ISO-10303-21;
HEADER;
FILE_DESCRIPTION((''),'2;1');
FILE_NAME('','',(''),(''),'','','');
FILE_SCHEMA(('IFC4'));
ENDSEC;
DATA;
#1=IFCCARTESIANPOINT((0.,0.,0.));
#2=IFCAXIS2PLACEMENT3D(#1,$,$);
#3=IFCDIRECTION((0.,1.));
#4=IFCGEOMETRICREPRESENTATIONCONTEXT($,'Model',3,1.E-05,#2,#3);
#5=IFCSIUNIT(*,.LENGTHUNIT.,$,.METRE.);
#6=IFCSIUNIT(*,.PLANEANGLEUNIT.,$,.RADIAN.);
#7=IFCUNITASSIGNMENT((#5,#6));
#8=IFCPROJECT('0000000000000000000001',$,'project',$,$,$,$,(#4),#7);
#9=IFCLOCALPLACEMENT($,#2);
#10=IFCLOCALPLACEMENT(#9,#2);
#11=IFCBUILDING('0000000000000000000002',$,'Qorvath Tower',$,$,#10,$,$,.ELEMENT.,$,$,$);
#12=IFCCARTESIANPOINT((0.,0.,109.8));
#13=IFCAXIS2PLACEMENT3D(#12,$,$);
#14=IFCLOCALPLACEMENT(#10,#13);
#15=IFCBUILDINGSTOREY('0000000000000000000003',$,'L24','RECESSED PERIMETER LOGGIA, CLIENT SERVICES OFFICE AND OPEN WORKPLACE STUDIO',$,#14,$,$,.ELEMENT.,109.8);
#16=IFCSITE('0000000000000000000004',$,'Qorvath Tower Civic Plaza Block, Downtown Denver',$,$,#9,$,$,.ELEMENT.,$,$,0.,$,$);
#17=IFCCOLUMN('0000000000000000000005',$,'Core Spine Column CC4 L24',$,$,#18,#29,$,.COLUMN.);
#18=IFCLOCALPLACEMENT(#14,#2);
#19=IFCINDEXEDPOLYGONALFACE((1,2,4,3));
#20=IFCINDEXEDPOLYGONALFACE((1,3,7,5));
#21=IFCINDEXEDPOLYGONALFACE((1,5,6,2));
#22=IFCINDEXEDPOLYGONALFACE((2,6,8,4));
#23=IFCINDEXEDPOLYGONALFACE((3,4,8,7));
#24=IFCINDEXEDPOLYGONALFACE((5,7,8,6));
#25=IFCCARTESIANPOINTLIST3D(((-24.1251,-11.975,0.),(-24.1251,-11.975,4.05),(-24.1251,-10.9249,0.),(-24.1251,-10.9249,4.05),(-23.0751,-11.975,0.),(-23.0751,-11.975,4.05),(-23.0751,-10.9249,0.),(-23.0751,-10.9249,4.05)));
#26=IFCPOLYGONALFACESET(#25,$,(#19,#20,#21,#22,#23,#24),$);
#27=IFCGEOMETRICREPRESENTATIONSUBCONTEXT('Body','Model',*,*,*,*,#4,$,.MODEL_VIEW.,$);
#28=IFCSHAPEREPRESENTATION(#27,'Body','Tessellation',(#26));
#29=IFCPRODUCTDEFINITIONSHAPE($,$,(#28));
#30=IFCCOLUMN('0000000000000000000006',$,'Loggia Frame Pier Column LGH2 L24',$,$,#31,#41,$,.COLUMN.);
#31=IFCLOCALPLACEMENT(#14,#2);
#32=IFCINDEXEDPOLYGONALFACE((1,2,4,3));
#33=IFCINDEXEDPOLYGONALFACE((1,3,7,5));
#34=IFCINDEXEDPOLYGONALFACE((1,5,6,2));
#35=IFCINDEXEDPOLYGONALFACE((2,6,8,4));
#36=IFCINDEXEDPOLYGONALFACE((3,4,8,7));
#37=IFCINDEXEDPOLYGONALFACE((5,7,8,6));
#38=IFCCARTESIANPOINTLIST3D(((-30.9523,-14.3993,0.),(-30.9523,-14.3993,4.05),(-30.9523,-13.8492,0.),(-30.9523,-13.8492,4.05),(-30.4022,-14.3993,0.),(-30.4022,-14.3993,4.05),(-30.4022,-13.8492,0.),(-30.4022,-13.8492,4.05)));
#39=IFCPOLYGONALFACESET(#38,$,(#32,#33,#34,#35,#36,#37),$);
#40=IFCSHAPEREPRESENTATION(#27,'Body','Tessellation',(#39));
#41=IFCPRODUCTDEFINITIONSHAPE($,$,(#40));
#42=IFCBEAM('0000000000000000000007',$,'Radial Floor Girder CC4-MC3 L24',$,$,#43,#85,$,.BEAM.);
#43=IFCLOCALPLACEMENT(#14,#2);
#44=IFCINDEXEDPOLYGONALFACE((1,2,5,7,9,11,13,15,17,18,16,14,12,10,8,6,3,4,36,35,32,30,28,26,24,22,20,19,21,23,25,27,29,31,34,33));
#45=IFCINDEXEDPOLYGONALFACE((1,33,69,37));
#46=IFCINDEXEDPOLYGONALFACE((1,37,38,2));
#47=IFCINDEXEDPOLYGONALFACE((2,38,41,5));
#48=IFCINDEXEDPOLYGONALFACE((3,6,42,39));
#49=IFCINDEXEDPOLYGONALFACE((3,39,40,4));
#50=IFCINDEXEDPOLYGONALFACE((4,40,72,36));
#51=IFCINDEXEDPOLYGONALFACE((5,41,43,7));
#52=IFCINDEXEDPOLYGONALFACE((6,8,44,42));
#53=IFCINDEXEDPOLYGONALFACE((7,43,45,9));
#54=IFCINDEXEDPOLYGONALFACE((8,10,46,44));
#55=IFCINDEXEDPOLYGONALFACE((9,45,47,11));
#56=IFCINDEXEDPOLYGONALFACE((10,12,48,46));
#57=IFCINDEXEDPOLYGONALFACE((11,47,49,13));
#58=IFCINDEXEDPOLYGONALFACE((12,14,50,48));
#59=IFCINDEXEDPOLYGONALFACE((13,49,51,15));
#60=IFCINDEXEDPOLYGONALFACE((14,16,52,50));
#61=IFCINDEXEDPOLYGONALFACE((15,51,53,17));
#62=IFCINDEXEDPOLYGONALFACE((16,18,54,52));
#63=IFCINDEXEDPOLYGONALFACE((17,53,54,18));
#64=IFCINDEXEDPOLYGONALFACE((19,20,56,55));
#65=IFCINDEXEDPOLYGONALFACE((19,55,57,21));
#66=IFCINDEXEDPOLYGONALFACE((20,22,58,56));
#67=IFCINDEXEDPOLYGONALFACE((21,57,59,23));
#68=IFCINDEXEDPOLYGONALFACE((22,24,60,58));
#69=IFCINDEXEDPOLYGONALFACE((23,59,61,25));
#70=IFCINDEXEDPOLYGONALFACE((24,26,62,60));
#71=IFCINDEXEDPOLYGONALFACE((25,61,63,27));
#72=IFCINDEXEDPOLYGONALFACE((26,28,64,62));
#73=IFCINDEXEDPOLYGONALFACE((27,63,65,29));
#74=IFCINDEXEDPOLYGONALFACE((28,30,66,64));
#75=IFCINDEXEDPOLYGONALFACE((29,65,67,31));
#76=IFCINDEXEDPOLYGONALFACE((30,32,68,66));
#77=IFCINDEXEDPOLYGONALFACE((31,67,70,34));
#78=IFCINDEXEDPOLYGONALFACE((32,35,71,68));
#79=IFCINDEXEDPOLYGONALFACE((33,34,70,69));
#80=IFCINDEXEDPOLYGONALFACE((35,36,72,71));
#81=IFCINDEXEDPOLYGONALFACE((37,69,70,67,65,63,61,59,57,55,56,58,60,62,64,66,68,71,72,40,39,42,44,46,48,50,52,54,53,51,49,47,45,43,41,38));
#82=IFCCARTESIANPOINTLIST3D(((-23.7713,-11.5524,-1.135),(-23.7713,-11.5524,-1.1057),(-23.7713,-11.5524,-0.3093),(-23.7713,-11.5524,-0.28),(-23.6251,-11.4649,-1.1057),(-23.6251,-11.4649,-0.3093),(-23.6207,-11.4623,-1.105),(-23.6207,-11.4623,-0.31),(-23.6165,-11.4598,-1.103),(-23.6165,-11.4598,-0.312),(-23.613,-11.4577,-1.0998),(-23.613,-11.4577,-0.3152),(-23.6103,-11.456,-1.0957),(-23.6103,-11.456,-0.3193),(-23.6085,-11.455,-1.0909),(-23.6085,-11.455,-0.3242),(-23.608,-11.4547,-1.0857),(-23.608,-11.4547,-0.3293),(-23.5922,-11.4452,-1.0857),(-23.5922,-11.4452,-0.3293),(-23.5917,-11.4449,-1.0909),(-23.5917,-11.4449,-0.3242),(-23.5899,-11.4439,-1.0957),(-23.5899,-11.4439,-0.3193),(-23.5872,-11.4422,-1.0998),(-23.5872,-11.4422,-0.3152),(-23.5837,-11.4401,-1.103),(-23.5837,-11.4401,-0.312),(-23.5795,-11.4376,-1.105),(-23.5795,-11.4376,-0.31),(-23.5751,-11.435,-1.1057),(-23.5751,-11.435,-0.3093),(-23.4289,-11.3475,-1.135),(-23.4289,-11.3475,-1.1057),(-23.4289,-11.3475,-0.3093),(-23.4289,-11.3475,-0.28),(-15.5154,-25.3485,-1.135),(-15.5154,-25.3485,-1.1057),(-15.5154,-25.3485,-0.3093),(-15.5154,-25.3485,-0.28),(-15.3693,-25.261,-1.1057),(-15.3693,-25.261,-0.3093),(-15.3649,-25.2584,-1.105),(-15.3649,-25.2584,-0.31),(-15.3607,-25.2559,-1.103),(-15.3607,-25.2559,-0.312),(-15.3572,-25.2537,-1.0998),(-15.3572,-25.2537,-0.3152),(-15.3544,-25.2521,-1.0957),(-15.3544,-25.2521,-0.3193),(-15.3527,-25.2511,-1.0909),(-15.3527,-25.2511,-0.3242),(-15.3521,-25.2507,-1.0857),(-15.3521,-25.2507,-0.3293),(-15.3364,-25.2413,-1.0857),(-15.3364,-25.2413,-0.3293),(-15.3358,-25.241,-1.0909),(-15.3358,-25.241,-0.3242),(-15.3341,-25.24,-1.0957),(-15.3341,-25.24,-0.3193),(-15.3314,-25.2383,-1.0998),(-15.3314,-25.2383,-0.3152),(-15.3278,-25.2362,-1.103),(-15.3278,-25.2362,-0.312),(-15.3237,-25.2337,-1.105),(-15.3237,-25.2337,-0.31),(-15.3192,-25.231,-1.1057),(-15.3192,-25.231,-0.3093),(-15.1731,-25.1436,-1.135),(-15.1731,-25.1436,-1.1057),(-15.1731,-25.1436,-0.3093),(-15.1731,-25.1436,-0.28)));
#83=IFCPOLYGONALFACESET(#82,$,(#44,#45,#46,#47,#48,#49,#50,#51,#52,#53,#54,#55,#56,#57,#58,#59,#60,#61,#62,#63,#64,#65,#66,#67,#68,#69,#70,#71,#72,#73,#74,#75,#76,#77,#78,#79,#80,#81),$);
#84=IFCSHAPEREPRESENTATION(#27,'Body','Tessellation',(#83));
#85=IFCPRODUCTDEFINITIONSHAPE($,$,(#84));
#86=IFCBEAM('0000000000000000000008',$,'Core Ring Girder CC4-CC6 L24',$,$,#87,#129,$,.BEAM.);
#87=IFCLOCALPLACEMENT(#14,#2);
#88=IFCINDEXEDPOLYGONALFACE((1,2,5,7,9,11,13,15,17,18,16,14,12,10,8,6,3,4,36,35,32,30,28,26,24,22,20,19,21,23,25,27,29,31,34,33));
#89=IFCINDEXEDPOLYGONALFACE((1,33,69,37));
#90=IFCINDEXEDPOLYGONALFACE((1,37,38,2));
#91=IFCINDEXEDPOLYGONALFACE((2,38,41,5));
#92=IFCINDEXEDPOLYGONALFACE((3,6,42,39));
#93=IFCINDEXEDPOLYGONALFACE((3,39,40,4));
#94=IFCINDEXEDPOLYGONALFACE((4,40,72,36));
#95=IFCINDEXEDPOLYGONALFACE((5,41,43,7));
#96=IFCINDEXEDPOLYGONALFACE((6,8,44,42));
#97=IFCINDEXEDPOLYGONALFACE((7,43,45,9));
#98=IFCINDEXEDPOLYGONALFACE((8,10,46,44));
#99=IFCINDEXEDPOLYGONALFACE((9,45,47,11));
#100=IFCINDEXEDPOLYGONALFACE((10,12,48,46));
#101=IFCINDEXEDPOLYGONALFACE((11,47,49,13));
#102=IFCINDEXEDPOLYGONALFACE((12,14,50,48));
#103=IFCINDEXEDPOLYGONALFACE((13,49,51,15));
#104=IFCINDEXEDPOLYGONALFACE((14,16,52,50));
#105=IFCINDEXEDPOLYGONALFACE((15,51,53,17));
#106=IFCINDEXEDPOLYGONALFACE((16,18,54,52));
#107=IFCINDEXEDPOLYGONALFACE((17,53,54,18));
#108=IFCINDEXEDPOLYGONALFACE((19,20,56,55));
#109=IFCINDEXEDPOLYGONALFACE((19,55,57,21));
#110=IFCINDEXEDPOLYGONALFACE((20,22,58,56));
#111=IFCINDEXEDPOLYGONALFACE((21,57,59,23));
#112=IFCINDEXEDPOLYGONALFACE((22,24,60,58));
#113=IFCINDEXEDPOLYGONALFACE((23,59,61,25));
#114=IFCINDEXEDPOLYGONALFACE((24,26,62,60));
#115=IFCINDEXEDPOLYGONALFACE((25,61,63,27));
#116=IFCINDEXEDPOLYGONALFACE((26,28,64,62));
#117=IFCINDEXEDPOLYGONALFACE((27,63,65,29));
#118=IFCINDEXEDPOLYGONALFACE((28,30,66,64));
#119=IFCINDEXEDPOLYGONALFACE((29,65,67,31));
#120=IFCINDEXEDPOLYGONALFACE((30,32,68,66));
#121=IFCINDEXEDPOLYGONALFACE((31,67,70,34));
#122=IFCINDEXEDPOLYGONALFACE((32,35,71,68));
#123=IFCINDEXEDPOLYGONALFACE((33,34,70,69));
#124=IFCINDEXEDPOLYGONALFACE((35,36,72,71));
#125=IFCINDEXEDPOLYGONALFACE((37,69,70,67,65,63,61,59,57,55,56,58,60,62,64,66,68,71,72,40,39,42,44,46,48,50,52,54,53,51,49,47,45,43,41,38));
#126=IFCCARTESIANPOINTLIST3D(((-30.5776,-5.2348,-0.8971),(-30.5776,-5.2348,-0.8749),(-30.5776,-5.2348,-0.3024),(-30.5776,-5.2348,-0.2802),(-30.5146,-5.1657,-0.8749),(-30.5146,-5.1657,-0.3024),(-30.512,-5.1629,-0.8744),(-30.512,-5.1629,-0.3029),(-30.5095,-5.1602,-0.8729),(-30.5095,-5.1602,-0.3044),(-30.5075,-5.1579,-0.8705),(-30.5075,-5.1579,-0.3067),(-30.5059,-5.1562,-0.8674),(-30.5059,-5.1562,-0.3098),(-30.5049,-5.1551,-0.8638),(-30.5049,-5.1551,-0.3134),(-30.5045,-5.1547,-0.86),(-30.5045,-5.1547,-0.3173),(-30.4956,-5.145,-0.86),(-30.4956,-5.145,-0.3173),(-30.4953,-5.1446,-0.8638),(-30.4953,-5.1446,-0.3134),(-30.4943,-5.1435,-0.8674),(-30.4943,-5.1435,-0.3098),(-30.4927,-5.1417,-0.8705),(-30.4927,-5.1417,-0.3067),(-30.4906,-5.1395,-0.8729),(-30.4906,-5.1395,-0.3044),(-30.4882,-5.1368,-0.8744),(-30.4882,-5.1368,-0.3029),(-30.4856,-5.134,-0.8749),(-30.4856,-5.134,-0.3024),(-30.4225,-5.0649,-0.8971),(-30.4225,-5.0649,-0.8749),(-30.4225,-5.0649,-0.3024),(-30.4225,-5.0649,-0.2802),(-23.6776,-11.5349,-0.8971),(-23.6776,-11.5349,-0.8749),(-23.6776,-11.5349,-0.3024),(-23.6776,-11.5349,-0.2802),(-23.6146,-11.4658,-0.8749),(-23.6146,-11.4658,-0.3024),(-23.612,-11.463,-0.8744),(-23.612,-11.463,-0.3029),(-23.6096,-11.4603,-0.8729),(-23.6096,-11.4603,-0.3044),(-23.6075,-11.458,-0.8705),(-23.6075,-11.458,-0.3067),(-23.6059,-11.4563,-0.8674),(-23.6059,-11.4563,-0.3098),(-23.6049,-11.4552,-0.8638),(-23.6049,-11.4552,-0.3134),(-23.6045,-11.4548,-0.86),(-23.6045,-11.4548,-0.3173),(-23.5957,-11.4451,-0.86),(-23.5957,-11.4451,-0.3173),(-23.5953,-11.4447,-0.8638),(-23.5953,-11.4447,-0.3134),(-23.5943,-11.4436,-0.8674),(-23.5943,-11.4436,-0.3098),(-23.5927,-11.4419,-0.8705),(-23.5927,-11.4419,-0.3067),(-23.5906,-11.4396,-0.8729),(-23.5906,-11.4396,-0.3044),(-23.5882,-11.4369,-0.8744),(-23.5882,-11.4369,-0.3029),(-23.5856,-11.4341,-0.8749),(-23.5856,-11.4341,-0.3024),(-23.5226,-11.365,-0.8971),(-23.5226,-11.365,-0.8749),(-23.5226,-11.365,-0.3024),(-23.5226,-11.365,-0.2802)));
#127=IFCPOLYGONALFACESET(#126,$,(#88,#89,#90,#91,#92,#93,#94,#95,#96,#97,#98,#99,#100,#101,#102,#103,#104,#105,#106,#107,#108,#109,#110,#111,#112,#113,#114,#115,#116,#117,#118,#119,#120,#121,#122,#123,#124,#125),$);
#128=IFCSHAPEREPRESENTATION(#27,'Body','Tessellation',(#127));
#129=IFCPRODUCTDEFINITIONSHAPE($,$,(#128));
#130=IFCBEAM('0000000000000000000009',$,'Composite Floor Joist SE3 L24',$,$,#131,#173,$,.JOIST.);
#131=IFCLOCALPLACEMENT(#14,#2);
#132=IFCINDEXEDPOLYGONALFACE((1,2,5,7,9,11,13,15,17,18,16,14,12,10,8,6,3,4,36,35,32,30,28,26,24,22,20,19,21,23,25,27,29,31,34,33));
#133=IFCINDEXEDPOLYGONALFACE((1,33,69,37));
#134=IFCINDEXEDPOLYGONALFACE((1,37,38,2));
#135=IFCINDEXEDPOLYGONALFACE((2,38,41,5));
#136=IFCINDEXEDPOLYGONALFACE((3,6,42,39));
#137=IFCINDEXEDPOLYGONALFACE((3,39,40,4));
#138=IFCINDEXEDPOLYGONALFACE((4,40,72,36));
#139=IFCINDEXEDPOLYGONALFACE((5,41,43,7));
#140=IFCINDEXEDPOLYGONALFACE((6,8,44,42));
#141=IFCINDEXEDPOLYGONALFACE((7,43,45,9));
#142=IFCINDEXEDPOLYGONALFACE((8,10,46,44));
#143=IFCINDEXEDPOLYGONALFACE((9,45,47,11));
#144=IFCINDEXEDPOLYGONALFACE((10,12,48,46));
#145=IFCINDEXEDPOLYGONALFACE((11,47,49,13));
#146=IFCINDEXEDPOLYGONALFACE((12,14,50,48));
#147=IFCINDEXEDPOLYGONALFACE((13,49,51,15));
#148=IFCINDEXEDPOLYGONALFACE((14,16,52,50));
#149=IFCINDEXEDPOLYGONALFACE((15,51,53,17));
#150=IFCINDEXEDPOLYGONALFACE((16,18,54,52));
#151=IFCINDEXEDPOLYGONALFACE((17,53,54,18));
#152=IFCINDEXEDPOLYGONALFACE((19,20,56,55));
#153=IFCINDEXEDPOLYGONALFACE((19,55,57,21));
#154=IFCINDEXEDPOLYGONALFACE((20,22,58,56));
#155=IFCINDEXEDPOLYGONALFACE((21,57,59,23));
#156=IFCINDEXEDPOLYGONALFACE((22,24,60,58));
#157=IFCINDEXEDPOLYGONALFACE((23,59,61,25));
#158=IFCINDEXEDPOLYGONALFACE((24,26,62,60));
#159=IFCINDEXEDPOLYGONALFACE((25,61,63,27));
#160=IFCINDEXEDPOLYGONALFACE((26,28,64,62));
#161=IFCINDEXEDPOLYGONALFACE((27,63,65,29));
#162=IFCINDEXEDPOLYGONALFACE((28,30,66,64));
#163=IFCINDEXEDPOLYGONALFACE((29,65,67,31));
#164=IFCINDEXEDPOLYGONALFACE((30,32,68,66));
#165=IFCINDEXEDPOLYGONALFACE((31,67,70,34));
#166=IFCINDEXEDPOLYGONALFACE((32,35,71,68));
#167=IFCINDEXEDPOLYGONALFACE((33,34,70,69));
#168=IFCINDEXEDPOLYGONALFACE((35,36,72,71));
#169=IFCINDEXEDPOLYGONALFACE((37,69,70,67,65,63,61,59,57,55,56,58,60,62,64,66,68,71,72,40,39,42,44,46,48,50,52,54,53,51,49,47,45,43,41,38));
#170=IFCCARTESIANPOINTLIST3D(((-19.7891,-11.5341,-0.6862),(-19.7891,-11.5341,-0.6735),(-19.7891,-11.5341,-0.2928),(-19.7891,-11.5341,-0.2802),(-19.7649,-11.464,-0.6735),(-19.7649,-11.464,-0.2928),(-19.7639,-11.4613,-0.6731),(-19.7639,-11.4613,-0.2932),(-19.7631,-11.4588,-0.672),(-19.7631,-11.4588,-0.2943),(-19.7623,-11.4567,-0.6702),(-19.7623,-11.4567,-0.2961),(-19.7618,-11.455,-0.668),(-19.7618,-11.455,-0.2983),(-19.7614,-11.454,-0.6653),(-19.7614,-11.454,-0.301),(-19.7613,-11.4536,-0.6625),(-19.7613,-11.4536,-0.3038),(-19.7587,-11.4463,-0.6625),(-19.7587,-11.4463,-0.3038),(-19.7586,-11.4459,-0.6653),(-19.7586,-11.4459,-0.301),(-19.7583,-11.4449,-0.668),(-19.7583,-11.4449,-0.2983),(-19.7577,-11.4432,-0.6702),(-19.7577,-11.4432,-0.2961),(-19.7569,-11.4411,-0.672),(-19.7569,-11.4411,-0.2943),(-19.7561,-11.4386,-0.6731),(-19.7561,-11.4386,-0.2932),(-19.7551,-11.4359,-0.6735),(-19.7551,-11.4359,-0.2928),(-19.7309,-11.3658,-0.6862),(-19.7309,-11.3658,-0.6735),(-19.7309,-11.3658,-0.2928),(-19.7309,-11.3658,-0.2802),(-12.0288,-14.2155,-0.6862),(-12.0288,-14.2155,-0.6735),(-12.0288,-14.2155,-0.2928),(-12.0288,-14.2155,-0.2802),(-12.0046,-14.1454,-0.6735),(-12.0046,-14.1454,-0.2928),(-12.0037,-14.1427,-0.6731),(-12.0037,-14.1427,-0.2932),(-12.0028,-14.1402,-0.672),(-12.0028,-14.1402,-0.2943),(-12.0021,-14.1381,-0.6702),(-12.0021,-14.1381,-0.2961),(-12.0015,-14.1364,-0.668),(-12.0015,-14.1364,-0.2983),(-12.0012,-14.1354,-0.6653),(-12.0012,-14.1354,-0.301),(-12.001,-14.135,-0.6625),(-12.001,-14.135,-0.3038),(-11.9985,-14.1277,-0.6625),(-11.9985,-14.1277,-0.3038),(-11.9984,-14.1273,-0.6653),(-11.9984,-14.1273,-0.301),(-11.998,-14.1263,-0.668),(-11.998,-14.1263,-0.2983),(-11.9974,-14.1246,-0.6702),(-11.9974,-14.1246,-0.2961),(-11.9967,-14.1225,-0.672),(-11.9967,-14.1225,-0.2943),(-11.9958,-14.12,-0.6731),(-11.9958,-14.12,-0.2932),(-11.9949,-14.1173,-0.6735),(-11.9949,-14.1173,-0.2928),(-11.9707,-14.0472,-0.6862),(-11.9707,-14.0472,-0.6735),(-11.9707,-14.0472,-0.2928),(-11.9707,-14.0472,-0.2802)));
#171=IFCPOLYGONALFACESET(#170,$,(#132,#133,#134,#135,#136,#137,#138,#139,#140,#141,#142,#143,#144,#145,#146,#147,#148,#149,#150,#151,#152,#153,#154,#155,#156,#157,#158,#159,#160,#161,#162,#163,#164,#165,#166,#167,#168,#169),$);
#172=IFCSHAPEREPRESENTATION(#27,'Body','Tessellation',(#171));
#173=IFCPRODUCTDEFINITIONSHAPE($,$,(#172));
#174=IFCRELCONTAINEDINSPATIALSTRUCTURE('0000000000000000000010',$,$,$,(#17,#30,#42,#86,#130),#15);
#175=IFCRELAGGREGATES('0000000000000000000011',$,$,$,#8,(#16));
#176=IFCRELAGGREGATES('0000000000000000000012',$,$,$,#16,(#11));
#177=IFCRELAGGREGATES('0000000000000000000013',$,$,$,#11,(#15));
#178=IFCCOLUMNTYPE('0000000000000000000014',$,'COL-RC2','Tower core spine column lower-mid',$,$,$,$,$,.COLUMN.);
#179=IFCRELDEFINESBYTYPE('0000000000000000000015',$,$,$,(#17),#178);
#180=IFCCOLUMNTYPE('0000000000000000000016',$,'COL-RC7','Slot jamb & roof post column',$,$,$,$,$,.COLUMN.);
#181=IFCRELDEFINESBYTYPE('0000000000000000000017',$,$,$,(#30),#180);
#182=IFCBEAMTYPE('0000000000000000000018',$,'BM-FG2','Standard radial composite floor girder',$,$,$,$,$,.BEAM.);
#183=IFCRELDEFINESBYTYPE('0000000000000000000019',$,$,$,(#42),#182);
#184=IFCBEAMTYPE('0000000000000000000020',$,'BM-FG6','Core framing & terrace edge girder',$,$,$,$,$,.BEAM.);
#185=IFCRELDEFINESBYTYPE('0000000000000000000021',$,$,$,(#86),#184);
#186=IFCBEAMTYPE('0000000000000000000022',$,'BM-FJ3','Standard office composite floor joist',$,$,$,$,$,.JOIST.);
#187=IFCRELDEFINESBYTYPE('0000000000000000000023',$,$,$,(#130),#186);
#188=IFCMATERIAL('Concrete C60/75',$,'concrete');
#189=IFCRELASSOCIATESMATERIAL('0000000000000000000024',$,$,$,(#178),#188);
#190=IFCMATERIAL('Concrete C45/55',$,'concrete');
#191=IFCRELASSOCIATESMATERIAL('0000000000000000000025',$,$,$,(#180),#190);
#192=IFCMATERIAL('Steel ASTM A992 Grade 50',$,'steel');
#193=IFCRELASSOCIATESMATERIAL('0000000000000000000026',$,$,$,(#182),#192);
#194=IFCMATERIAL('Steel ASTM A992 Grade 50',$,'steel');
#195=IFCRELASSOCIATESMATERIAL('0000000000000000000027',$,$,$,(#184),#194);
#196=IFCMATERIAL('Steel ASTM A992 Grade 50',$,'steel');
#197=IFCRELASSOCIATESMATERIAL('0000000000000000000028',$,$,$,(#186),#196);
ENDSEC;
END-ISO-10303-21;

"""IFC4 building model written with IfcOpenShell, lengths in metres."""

from ifc_helpers import new_model, si_unit, direction, frame, origin, origin_2d, place, context, subcontext, project, spatial, rectangle, i_section, extrude, material, material_profile, profile_set, type_object, element, save


model = new_model("IFC4")

# Units and contexts
model_context = context("Model", 3, precision=1e-05, world=origin(), true_north=direction((0.0, 1.0)))
body_context = subcontext(model_context, "Body", "Model", "MODEL_VIEW")
ifc_project = project(units=[si_unit("LENGTHUNIT", "METRE"), si_unit("PLANEANGLEUNIT", "RADIAN")], contexts=[model_context])

# Site, building, storey
site_placement = place(None, origin())
site = spatial("IfcSite", under=ifc_project, at=site_placement, Name="Qorvath Tower Civic Plaza Block, Downtown Denver", CompositionType="ELEMENT", RefElevation=0.0)
building_placement = place(site_placement, origin())
building = spatial("IfcBuilding", under=site, at=building_placement, Name="Qorvath Tower", CompositionType="ELEMENT")
storey_placement = place(building_placement, frame((0.0, 0.0, 109.8)))
storey = spatial("IfcBuildingStorey", under=building, at=storey_placement, Name="L24", Description="RECESSED PERIMETER LOGGIA, CLIENT SERVICES OFFICE AND OPEN WORKPLACE STUDIO", CompositionType="ELEMENT", Elevation=109.8)

# Columns
ifc_material_1 = material(Name="Concrete C60/75", Category="concrete")
ifc_material_profile_1 = material_profile(ifc_material_1, rectangle(XDim=1.05, YDim=1.05, at=origin_2d()), Name="RC 1050x1050")
ifc_profile_set_1 = profile_set([ifc_material_profile_1], Name="Concrete C60/75")
column_type_1 = type_object("IfcColumnType", Name="COL-RC2", Description="Tower core spine column lower-mid", PredefinedType="COLUMN", material=ifc_profile_set_1)
column_1_placement = place(storey_placement, frame((-23.6001, -11.45, 0.0), z_axis=(0.0, 0.0, 1.0), x_axis=(1.0, 0.0, 0.0)))
element("IfcColumn", 1, at=column_1_placement, inside=storey, type_object=column_type_1, Name="Core Spine Column CC4 L24", PredefinedType="COLUMN", context=body_context, shape_type="SweptSolid", body=[
    extrude(rectangle(XDim=1.05, YDim=1.05, at=origin_2d()), origin(), (0.0, 0.0, 1.0), 4.05),
])
ifc_material_2 = material(Name="Concrete C45/55", Category="concrete")
ifc_material_profile_2 = material_profile(ifc_material_2, rectangle(XDim=0.55, YDim=0.55, at=origin_2d()), Name="RC 550x550")
ifc_profile_set_2 = profile_set([ifc_material_profile_2], Name="Concrete C45/55")
column_type_2 = type_object("IfcColumnType", Name="COL-RC7", Description="Slot jamb & roof post column", PredefinedType="COLUMN", material=ifc_profile_set_2)
column_2_placement = place(storey_placement, frame((-30.6772, -14.1243, 0.0), z_axis=(0.0, 0.0, 1.0), x_axis=(1.0, 0.0, 0.0)))
element("IfcColumn", 2, at=column_2_placement, inside=storey, type_object=column_type_2, Name="Loggia Frame Pier Column LGH2 L24", PredefinedType="COLUMN", context=body_context, shape_type="SweptSolid", body=[
    extrude(rectangle(XDim=0.55, YDim=0.55, at=origin_2d()), origin(), (0.0, 0.0, 1.0), 4.05),
])

# Beams
ifc_material_3 = material(Name="Steel ASTM A992 Grade 50", Category="steel")
ifc_material_profile_3 = material_profile(ifc_material_3, i_section(OverallWidth=0.3989, OverallDepth=0.855, WebThickness=0.0183, FlangeThickness=0.0293, FilletRadius=0.02, at=origin_2d()), Name="W33x201")
ifc_profile_set_3 = profile_set([ifc_material_profile_3], Name="Steel ASTM A992 Grade 50")
beam_type_1 = type_object("IfcBeamType", Name="BM-FG2", Description="Standard radial composite floor girder", PredefinedType="BEAM", material=ifc_profile_set_3)
beam_1_placement = place(storey_placement, frame((-23.6001, -11.45, -0.7075), z_axis=(0.513497, -0.858091, 0.0), x_axis=(0.858091, 0.513497, 0.0)))
element("IfcBeam", 3, at=beam_1_placement, inside=storey, type_object=beam_type_1, Name="Radial Floor Girder CC4-MC3 L24", PredefinedType="BEAM", context=body_context, shape_type="SweptSolid", body=[
    extrude(i_section(OverallWidth=0.3989, OverallDepth=0.855, WebThickness=0.0183, FlangeThickness=0.0293, FilletRadius=0.02, at=origin_2d()), origin(), (0.0, 0.0, 1.0), 16.0776),
])
ifc_material_4 = material(Name="Steel ASTM A992 Grade 50", Category="steel")
ifc_material_profile_4 = material_profile(ifc_material_4, i_section(OverallWidth=0.23, OverallDepth=0.6169, WebThickness=0.0132, FlangeThickness=0.0222, FilletRadius=0.0149, at=origin_2d()), Name="W24x94")
ifc_profile_set_4 = profile_set([ifc_material_profile_4], Name="Steel ASTM A992 Grade 50")
beam_type_2 = type_object("IfcBeamType", Name="BM-FG6", Description="Core framing & terrace edge girder", PredefinedType="BEAM", material=ifc_profile_set_4)
beam_2_placement = place(storey_placement, frame((-23.6001, -11.45, -0.5886), z_axis=(-0.738478, 0.674277, 0.0), x_axis=(-0.674277, -0.738478, 0.0)))
element("IfcBeam", 4, at=beam_2_placement, inside=storey, type_object=beam_type_2, Name="Core Ring Girder CC4-CC6 L24", PredefinedType="BEAM", context=body_context, shape_type="SweptSolid", body=[
    extrude(i_section(OverallWidth=0.23, OverallDepth=0.6169, WebThickness=0.0132, FlangeThickness=0.0222, FilletRadius=0.0149, at=origin_2d()), origin(), (0.0, 0.0, 1.0), 9.3435),
])
ifc_material_5 = material(Name="Steel ASTM A992 Grade 50", Category="steel")
ifc_material_profile_5 = material_profile(ifc_material_5, i_section(OverallWidth=0.178, OverallDepth=0.406, WebThickness=0.0078, FlangeThickness=0.0127, FilletRadius=0.011, at=origin_2d()), Name="W16x40")
ifc_profile_set_5 = profile_set([ifc_material_profile_5], Name="Steel ASTM A992 Grade 50")
beam_type_3 = type_object("IfcBeamType", Name="BM-FJ3", Description="Standard office composite floor joist", PredefinedType="JOIST", material=ifc_profile_set_5)
beam_3_placement = place(storey_placement, frame((-19.76, -11.45, -0.4832), z_axis=(0.945168, -0.326584, 0.0), x_axis=(0.326584, 0.945168, 0.0)))
element("IfcBeam", 5, at=beam_3_placement, inside=storey, type_object=beam_type_3, Name="Composite Floor Joist SE3 L24", PredefinedType="JOIST", context=body_context, shape_type="SweptSolid", body=[
    extrude(i_section(OverallWidth=0.178, OverallDepth=0.406, WebThickness=0.0078, FlangeThickness=0.0127, FilletRadius=0.011, at=origin_2d()), origin(), (0.0, 0.0, 1.0), 8.2104),
])

save(model, "model.ifc")
